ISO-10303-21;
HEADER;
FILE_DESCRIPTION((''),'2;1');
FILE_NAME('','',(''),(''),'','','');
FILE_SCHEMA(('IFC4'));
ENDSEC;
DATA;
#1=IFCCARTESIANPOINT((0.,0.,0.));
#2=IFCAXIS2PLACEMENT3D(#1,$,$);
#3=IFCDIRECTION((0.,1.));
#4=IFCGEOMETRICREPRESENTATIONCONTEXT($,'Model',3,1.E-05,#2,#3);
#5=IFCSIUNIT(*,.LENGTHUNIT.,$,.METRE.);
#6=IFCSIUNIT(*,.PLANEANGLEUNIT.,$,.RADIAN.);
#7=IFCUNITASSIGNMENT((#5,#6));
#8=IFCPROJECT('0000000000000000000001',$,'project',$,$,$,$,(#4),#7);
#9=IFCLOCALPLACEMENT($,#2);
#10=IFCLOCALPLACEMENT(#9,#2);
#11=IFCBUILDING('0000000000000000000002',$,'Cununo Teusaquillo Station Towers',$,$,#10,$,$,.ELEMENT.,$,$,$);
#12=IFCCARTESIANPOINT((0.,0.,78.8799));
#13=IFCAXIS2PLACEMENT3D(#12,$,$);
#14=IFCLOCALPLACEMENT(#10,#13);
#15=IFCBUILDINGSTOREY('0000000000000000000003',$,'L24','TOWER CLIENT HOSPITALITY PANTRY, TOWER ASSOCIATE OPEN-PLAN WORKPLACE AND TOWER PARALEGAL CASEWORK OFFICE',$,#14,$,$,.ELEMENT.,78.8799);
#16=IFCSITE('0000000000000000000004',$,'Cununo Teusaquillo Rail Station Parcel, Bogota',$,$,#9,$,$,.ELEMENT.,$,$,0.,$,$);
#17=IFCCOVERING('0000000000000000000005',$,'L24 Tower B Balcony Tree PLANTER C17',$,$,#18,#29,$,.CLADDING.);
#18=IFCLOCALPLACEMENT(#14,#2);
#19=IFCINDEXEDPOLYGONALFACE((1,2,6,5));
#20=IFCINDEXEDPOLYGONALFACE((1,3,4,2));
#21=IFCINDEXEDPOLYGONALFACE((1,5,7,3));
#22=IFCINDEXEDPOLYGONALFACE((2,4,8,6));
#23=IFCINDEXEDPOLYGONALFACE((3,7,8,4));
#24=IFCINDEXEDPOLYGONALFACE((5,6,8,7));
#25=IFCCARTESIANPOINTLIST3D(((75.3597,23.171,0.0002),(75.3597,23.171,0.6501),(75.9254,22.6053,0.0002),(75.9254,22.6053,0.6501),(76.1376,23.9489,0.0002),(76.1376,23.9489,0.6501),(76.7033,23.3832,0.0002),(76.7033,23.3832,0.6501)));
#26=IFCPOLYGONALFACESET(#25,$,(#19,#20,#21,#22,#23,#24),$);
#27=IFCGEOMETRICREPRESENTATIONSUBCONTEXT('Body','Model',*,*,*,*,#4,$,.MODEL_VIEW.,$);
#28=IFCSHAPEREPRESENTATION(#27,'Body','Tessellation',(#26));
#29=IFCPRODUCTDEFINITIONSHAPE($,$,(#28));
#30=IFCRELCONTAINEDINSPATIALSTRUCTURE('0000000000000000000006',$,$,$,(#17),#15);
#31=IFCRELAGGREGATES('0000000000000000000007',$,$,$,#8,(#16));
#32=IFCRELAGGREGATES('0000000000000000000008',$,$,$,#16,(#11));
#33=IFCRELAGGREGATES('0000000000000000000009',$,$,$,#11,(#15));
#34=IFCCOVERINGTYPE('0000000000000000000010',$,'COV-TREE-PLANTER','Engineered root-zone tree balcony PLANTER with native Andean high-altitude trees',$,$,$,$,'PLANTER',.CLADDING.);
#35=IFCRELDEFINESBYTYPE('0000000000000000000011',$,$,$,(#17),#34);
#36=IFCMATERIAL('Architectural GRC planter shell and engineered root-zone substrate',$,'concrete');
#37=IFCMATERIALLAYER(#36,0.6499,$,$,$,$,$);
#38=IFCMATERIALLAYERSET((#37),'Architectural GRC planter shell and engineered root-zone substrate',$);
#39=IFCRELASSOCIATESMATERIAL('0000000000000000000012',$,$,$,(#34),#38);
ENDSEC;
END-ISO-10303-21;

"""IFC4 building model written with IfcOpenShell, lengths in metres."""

from ifc_helpers import new_model, si_unit, direction, frame, origin, origin_2d, place, context, subcontext, project, spatial, rectangle, extrude, source, transform, mapped, material, layer, layer_set, type_object, element, save


model = new_model("IFC4")

# Units and contexts
model_context = context("Model", 3, precision=1e-05, world=origin(), true_north=direction((0.0, 1.0)))
body_context = subcontext(model_context, "Body", "Model", "MODEL_VIEW")
ifc_project = project(units=[si_unit("LENGTHUNIT", "METRE"), si_unit("PLANEANGLEUNIT", "RADIAN")], contexts=[model_context])

# Site, building, storey
site_placement = place(None, origin())
site = spatial("IfcSite", under=ifc_project, at=site_placement, Name="Cununo Teusaquillo Rail Station Parcel, Bogota", CompositionType="ELEMENT", RefElevation=0.0)
building_placement = place(site_placement, origin())
building = spatial("IfcBuilding", under=site, at=building_placement, Name="Cununo Teusaquillo Station Towers", CompositionType="ELEMENT")
storey_placement = place(building_placement, frame((0.0, 0.0, 78.8799)))
storey = spatial("IfcBuildingStorey", under=building, at=storey_placement, Name="L24", Description="TOWER CLIENT HOSPITALITY PANTRY, TOWER ASSOCIATE OPEN-PLAN WORKPLACE AND TOWER PARALEGAL CASEWORK OFFICE", CompositionType="ELEMENT", Elevation=78.8799)

# Covering
ifc_material_1 = material(Name="Architectural GRC planter shell and engineered root-zone substrate", Category="concrete")
ifc_layer_1 = layer(ifc_material_1, 0.6499)
ifc_layer_set_1 = layer_set([ifc_layer_1], Name="Architectural GRC planter shell and engineered root-zone substrate")
covering_type = type_object("IfcCoveringType", Name="COV-TREE-PLANTER", Description="Engineered root-zone tree balcony PLANTER with native Andean high-altitude trees", ElementType="PLANTER", PredefinedType="CLADDING", material=ifc_layer_set_1)
shared_shape_1 = source(origin(), body_context, "Body", "SweptSolid", [
    extrude(rectangle(XDim=1.1001, YDim=0.8, at=origin_2d()), origin(), (0.0, 0.0, 1.0), 0.6499),
])
covering_placement = place(storey_placement, frame((76.0315, 23.2771, 0.0002), z_axis=(0.0, 0.0, 1.0), x_axis=(0.707107, 0.707107, 0.0)))
element("IfcCovering", 1, at=covering_placement, inside=storey, type_object=covering_type, Name="L24 Tower B Balcony Tree PLANTER C17", PredefinedType="CLADDING", context=body_context, shape_type="MappedRepresentation", body=[
    mapped(shared_shape_1, transform((0.0, 0.0, 0.0), x_axis=(1.0, 0.0, 0.0), y_axis=(0.0, 1.0, 0.0), z_axis=(0.0, 0.0, 1.0), scale=1.0)),
])

save(model, "model.ifc")
